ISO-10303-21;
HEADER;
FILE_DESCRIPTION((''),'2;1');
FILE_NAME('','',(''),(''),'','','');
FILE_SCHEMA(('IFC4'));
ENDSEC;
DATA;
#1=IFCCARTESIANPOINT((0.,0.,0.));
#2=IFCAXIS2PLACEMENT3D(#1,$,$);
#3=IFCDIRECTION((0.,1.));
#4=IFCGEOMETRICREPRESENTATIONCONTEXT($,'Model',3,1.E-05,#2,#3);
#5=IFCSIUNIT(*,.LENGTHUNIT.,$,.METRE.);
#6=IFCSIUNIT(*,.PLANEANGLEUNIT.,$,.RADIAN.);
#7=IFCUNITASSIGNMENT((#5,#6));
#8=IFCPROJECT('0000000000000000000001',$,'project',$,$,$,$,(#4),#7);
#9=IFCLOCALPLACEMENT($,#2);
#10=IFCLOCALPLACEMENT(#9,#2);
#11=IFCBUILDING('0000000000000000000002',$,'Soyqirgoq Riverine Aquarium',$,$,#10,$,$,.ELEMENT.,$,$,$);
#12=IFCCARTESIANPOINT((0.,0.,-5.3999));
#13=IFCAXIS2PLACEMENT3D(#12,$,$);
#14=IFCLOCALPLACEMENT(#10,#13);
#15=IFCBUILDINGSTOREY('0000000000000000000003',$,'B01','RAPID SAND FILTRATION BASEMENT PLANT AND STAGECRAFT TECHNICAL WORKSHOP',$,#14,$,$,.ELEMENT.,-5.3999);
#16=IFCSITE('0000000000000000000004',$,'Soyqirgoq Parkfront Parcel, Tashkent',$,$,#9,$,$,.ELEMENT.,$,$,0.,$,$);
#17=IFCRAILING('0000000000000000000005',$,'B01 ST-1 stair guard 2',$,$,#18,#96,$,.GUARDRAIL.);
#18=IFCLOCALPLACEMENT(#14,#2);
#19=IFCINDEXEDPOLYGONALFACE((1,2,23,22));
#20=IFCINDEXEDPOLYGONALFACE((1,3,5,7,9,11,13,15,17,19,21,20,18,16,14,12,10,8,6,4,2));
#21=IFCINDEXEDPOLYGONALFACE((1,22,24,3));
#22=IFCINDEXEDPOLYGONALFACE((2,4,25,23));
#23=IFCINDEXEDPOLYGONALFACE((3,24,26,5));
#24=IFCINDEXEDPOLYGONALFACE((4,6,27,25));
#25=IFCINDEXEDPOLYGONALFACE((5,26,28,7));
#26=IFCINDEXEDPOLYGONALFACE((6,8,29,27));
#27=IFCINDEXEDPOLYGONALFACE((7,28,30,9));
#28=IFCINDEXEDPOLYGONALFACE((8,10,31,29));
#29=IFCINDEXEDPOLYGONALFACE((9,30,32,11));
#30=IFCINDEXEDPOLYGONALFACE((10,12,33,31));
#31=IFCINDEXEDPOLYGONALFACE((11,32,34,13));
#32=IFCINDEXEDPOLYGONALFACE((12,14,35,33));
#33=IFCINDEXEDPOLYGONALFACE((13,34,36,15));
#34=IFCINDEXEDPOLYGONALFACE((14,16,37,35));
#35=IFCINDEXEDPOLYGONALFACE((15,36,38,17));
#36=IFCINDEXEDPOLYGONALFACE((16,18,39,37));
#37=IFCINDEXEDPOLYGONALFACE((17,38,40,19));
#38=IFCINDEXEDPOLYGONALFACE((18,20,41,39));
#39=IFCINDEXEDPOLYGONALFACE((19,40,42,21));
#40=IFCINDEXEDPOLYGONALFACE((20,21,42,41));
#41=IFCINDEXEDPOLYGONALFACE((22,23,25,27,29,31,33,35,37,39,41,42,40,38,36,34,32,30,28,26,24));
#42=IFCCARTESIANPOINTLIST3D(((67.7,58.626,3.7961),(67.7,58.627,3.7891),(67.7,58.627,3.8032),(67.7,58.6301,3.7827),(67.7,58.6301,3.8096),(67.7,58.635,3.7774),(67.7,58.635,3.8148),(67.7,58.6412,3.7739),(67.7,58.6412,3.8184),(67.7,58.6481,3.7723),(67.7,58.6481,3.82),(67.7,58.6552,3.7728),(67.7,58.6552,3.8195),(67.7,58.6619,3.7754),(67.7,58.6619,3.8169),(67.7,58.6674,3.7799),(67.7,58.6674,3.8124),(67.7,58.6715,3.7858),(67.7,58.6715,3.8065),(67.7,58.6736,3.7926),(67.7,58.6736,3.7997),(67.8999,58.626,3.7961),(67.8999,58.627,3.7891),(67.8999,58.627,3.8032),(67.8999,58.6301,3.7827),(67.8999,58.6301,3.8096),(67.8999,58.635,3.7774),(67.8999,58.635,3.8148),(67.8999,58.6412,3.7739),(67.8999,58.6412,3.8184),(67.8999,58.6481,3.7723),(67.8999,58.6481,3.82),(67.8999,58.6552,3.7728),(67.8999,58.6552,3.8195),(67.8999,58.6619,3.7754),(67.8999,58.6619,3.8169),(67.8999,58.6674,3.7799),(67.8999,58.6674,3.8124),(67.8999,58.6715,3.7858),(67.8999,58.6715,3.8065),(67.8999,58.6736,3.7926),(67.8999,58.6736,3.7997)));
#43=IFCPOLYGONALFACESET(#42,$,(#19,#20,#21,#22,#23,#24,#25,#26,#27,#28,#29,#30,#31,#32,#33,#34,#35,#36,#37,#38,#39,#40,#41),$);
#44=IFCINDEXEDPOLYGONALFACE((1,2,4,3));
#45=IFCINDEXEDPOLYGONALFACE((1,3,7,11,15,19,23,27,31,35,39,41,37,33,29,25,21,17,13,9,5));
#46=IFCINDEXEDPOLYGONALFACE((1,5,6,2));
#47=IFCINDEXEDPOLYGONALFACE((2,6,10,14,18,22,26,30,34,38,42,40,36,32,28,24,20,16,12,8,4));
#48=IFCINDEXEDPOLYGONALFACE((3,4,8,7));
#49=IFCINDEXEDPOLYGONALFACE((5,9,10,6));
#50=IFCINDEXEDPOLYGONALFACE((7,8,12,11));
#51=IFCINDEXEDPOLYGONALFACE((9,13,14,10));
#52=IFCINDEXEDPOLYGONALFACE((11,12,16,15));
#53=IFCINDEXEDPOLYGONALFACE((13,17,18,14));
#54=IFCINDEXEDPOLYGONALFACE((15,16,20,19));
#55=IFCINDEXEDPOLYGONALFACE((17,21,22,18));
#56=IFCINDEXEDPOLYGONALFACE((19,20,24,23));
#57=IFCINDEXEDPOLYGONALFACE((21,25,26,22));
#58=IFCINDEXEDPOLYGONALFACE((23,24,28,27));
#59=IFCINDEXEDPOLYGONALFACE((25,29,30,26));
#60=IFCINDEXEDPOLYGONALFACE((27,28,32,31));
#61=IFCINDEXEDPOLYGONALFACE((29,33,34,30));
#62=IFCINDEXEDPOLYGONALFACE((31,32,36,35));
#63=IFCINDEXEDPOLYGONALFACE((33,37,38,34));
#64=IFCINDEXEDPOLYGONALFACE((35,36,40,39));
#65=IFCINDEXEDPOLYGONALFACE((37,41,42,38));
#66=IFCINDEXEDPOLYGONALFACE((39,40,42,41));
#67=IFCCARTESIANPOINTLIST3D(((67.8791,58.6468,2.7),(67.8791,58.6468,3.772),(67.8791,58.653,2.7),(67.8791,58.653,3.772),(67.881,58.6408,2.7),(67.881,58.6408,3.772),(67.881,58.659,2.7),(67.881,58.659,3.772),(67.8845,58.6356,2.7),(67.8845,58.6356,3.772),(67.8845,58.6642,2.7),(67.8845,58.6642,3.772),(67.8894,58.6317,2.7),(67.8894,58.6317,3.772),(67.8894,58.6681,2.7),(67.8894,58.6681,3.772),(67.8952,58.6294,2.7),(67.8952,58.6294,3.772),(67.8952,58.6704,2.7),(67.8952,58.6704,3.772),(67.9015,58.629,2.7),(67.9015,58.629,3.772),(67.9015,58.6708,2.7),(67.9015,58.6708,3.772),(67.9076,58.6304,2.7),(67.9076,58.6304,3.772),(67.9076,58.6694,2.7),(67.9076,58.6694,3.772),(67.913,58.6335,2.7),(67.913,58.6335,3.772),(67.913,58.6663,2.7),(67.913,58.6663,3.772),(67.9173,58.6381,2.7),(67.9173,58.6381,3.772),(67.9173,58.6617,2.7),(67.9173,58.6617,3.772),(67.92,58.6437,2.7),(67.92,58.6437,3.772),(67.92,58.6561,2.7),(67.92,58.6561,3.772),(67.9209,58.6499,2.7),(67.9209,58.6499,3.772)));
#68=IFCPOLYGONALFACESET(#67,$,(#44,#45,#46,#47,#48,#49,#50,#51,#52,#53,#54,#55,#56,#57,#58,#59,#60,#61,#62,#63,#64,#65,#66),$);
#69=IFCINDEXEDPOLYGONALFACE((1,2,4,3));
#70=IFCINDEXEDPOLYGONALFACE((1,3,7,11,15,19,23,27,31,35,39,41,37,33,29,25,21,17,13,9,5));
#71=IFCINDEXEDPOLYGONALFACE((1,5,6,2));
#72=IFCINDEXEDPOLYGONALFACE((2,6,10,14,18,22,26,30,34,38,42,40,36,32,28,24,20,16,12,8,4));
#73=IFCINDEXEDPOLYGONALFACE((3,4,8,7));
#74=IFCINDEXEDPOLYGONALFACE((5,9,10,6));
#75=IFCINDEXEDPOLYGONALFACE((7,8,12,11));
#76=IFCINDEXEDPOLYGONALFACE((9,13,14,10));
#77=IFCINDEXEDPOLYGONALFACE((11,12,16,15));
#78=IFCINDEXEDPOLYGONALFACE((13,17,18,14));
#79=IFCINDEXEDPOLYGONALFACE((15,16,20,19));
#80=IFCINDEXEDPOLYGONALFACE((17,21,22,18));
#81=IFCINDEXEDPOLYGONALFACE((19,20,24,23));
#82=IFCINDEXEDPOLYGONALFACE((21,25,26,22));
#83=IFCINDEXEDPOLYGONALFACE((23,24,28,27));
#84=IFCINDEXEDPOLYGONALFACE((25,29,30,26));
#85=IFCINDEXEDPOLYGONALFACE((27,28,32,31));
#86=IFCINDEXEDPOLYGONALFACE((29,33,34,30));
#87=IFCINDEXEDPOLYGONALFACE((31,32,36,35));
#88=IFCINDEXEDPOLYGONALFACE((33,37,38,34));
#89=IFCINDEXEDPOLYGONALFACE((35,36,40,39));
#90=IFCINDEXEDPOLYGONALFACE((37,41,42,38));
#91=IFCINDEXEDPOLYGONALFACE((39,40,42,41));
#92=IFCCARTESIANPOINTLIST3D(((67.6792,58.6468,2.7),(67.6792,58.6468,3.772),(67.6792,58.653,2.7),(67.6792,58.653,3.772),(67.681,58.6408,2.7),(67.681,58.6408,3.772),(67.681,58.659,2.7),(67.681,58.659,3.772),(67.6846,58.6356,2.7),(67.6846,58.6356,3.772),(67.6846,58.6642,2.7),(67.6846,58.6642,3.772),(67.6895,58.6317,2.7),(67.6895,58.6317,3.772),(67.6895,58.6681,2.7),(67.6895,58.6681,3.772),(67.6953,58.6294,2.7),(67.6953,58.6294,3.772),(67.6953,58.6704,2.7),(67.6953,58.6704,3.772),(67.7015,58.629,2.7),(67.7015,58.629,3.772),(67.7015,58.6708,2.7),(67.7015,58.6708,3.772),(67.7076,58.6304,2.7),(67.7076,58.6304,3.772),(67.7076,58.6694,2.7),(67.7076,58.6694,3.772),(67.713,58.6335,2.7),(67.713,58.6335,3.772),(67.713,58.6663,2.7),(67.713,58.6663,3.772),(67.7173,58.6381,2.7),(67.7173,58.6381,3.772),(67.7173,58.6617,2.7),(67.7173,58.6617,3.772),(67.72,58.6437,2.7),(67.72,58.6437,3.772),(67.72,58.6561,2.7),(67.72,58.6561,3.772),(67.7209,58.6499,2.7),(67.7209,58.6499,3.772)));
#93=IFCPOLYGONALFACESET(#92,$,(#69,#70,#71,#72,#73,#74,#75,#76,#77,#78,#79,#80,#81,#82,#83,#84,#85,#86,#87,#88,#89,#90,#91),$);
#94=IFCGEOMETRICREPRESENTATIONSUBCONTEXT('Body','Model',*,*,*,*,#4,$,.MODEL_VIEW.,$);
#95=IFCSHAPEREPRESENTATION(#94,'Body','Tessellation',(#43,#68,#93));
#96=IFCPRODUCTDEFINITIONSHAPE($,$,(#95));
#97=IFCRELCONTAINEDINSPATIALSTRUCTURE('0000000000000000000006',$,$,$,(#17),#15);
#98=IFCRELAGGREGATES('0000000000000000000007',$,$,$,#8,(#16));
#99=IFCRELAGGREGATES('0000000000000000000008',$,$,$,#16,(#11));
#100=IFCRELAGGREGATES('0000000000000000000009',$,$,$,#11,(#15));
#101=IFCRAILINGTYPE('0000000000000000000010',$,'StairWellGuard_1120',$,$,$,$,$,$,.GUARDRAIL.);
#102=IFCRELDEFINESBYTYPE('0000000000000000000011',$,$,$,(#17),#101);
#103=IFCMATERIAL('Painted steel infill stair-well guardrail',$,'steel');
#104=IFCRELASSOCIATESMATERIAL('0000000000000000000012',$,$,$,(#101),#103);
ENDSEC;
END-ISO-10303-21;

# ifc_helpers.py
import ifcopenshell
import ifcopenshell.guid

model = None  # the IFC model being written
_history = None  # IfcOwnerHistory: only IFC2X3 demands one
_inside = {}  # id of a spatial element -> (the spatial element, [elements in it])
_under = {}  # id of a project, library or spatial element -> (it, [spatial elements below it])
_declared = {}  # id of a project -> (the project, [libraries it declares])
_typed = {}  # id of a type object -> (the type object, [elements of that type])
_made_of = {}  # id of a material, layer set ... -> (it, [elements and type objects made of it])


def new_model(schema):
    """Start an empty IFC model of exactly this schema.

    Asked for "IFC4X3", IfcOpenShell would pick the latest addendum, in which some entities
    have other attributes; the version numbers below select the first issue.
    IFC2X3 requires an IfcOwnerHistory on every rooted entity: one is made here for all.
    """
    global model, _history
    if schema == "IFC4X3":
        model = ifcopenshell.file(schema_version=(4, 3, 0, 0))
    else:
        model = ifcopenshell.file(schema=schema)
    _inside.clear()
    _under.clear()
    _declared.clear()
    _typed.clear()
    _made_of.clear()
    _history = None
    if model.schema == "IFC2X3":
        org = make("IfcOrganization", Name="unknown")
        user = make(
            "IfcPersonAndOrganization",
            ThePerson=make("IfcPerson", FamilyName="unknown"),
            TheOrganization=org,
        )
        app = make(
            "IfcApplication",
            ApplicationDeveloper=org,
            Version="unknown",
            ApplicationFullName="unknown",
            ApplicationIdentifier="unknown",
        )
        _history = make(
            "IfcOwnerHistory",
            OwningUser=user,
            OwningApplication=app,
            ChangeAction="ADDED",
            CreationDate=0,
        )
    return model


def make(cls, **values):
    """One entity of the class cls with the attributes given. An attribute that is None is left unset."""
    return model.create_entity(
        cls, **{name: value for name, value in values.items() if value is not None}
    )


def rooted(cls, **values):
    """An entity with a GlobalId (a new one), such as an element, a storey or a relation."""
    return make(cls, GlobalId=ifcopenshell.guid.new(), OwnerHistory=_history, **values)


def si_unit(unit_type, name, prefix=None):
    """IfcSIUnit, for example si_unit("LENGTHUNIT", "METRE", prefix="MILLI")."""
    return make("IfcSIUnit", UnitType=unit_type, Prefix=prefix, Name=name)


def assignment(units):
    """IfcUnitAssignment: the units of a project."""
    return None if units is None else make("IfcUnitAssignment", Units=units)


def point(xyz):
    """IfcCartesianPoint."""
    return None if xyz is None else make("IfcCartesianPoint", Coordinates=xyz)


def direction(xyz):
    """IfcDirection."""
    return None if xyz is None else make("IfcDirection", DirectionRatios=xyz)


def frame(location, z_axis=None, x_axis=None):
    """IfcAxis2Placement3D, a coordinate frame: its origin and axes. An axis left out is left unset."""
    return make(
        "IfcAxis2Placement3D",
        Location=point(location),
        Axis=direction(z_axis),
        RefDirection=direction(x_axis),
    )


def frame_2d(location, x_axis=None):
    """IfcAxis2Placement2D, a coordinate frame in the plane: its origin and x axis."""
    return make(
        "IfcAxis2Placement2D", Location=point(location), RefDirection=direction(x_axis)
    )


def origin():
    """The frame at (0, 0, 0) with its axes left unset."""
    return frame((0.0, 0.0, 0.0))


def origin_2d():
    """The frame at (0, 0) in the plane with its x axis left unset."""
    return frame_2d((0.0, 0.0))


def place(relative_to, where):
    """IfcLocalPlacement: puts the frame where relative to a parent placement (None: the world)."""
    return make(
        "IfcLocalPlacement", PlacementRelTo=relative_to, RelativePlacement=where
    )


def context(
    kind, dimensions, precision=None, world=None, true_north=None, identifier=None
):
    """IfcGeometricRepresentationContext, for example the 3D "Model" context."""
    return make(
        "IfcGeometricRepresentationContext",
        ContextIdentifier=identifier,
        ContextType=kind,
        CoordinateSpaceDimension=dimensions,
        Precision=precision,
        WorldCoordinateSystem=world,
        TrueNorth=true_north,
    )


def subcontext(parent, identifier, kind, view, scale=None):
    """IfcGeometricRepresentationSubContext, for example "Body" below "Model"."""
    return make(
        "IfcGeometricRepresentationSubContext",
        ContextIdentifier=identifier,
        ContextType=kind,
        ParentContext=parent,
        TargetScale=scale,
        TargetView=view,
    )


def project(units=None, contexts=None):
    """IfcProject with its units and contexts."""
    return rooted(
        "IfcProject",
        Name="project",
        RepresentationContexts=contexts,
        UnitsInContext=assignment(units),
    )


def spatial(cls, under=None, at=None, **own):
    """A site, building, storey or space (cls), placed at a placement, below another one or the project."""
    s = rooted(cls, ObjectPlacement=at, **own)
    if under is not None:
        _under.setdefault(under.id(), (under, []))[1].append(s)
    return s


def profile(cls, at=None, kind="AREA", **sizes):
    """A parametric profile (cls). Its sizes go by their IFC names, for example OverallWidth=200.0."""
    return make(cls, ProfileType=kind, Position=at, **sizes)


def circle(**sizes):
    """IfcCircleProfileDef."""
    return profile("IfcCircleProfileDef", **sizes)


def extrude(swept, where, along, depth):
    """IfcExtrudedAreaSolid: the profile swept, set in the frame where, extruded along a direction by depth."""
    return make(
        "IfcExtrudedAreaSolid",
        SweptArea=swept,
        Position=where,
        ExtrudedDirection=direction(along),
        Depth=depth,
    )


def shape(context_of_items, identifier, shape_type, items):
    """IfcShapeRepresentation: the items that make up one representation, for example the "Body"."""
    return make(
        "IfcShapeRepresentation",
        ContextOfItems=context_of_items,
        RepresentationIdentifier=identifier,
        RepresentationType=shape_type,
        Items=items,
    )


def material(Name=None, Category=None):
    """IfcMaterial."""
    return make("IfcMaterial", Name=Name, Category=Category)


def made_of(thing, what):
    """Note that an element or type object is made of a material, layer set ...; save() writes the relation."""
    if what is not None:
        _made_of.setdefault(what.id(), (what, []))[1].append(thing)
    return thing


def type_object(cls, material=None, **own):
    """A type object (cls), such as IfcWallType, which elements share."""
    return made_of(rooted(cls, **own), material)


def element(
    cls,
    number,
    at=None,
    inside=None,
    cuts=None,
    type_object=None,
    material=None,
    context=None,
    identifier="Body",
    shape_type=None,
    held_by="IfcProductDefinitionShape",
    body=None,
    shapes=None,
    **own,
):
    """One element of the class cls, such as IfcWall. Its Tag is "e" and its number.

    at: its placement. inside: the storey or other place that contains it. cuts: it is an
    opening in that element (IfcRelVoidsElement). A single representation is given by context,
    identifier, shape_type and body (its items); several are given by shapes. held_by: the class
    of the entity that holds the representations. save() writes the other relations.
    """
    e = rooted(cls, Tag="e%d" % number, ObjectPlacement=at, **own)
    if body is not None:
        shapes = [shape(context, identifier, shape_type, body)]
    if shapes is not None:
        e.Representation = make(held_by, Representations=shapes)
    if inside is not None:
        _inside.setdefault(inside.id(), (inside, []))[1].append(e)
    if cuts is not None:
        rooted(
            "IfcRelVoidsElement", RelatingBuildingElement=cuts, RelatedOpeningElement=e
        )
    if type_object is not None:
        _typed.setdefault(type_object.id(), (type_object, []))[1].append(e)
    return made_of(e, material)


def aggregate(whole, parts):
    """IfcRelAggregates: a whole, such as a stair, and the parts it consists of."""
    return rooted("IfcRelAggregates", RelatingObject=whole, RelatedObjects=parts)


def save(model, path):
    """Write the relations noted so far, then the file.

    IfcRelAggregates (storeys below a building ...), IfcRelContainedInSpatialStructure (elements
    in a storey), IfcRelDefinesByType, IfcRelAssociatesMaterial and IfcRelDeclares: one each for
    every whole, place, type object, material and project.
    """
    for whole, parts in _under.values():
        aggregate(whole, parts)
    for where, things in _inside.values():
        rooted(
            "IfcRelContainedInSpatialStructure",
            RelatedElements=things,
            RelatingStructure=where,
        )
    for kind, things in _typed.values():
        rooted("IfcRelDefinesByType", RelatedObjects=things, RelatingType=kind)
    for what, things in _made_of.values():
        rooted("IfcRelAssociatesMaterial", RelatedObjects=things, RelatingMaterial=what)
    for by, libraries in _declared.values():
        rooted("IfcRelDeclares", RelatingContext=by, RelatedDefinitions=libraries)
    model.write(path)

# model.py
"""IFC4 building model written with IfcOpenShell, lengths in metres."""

from ifc_helpers import new_model, si_unit, direction, frame, origin, origin_2d, place, context, subcontext, project, spatial, circle, extrude, material, type_object, element, save


model = new_model("IFC4")

# Units and contexts
model_context = context("Model", 3, precision=1e-05, world=origin(), true_north=direction((0.0, 1.0)))
body_context = subcontext(model_context, "Body", "Model", "MODEL_VIEW")
ifc_project = project(units=[si_unit("LENGTHUNIT", "METRE"), si_unit("PLANEANGLEUNIT", "RADIAN")], contexts=[model_context])

# Site, building, storey
site_placement = place(None, origin())
site = spatial("IfcSite", under=ifc_project, at=site_placement, Name="Soyqirgoq Parkfront Parcel, Tashkent", CompositionType="ELEMENT", RefElevation=0.0)
building_placement = place(site_placement, origin())
building = spatial("IfcBuilding", under=site, at=building_placement, Name="Soyqirgoq Riverine Aquarium", CompositionType="ELEMENT")
storey_placement = place(building_placement, frame((0.0, 0.0, -5.3999)))
storey = spatial("IfcBuildingStorey", under=building, at=storey_placement, Name="B01", Description="RAPID SAND FILTRATION BASEMENT PLANT AND STAGECRAFT TECHNICAL WORKSHOP", CompositionType="ELEMENT", Elevation=-5.3999)

# Railing
ifc_material_1 = material(Name="Painted steel infill stair-well guardrail", Category="steel")
railing_type_1 = type_object("IfcRailingType", Name="StairWellGuard_1120", PredefinedType="GUARDRAIL", material=ifc_material_1)
railing_1_placement = place(storey_placement, frame((67.8999, 58.6499, 2.7)))
element("IfcRailing", 1, at=railing_1_placement, inside=storey, type_object=railing_type_1, Name="B01 ST-1 stair guard 2", PredefinedType="GUARDRAIL", context=body_context, shape_type="SweptSolid", body=[
    extrude(circle(Radius=0.0239, at=origin_2d()), frame((0.0, 0.0, 1.0962), z_axis=(-1.0, 0.0, 0.0), x_axis=(0.0, -1.0, 0.0)), (0.0, 0.0, 1.0), 0.2),
    extrude(circle(Radius=0.021, at=origin_2d()), origin(), (0.0, 0.0, 1.0), 1.072),
    extrude(circle(Radius=0.021, at=origin_2d()), frame((-0.2, 0.0, 0.0)), (0.0, 0.0, 1.0), 1.072),
])

save(model, "model.ifc")
